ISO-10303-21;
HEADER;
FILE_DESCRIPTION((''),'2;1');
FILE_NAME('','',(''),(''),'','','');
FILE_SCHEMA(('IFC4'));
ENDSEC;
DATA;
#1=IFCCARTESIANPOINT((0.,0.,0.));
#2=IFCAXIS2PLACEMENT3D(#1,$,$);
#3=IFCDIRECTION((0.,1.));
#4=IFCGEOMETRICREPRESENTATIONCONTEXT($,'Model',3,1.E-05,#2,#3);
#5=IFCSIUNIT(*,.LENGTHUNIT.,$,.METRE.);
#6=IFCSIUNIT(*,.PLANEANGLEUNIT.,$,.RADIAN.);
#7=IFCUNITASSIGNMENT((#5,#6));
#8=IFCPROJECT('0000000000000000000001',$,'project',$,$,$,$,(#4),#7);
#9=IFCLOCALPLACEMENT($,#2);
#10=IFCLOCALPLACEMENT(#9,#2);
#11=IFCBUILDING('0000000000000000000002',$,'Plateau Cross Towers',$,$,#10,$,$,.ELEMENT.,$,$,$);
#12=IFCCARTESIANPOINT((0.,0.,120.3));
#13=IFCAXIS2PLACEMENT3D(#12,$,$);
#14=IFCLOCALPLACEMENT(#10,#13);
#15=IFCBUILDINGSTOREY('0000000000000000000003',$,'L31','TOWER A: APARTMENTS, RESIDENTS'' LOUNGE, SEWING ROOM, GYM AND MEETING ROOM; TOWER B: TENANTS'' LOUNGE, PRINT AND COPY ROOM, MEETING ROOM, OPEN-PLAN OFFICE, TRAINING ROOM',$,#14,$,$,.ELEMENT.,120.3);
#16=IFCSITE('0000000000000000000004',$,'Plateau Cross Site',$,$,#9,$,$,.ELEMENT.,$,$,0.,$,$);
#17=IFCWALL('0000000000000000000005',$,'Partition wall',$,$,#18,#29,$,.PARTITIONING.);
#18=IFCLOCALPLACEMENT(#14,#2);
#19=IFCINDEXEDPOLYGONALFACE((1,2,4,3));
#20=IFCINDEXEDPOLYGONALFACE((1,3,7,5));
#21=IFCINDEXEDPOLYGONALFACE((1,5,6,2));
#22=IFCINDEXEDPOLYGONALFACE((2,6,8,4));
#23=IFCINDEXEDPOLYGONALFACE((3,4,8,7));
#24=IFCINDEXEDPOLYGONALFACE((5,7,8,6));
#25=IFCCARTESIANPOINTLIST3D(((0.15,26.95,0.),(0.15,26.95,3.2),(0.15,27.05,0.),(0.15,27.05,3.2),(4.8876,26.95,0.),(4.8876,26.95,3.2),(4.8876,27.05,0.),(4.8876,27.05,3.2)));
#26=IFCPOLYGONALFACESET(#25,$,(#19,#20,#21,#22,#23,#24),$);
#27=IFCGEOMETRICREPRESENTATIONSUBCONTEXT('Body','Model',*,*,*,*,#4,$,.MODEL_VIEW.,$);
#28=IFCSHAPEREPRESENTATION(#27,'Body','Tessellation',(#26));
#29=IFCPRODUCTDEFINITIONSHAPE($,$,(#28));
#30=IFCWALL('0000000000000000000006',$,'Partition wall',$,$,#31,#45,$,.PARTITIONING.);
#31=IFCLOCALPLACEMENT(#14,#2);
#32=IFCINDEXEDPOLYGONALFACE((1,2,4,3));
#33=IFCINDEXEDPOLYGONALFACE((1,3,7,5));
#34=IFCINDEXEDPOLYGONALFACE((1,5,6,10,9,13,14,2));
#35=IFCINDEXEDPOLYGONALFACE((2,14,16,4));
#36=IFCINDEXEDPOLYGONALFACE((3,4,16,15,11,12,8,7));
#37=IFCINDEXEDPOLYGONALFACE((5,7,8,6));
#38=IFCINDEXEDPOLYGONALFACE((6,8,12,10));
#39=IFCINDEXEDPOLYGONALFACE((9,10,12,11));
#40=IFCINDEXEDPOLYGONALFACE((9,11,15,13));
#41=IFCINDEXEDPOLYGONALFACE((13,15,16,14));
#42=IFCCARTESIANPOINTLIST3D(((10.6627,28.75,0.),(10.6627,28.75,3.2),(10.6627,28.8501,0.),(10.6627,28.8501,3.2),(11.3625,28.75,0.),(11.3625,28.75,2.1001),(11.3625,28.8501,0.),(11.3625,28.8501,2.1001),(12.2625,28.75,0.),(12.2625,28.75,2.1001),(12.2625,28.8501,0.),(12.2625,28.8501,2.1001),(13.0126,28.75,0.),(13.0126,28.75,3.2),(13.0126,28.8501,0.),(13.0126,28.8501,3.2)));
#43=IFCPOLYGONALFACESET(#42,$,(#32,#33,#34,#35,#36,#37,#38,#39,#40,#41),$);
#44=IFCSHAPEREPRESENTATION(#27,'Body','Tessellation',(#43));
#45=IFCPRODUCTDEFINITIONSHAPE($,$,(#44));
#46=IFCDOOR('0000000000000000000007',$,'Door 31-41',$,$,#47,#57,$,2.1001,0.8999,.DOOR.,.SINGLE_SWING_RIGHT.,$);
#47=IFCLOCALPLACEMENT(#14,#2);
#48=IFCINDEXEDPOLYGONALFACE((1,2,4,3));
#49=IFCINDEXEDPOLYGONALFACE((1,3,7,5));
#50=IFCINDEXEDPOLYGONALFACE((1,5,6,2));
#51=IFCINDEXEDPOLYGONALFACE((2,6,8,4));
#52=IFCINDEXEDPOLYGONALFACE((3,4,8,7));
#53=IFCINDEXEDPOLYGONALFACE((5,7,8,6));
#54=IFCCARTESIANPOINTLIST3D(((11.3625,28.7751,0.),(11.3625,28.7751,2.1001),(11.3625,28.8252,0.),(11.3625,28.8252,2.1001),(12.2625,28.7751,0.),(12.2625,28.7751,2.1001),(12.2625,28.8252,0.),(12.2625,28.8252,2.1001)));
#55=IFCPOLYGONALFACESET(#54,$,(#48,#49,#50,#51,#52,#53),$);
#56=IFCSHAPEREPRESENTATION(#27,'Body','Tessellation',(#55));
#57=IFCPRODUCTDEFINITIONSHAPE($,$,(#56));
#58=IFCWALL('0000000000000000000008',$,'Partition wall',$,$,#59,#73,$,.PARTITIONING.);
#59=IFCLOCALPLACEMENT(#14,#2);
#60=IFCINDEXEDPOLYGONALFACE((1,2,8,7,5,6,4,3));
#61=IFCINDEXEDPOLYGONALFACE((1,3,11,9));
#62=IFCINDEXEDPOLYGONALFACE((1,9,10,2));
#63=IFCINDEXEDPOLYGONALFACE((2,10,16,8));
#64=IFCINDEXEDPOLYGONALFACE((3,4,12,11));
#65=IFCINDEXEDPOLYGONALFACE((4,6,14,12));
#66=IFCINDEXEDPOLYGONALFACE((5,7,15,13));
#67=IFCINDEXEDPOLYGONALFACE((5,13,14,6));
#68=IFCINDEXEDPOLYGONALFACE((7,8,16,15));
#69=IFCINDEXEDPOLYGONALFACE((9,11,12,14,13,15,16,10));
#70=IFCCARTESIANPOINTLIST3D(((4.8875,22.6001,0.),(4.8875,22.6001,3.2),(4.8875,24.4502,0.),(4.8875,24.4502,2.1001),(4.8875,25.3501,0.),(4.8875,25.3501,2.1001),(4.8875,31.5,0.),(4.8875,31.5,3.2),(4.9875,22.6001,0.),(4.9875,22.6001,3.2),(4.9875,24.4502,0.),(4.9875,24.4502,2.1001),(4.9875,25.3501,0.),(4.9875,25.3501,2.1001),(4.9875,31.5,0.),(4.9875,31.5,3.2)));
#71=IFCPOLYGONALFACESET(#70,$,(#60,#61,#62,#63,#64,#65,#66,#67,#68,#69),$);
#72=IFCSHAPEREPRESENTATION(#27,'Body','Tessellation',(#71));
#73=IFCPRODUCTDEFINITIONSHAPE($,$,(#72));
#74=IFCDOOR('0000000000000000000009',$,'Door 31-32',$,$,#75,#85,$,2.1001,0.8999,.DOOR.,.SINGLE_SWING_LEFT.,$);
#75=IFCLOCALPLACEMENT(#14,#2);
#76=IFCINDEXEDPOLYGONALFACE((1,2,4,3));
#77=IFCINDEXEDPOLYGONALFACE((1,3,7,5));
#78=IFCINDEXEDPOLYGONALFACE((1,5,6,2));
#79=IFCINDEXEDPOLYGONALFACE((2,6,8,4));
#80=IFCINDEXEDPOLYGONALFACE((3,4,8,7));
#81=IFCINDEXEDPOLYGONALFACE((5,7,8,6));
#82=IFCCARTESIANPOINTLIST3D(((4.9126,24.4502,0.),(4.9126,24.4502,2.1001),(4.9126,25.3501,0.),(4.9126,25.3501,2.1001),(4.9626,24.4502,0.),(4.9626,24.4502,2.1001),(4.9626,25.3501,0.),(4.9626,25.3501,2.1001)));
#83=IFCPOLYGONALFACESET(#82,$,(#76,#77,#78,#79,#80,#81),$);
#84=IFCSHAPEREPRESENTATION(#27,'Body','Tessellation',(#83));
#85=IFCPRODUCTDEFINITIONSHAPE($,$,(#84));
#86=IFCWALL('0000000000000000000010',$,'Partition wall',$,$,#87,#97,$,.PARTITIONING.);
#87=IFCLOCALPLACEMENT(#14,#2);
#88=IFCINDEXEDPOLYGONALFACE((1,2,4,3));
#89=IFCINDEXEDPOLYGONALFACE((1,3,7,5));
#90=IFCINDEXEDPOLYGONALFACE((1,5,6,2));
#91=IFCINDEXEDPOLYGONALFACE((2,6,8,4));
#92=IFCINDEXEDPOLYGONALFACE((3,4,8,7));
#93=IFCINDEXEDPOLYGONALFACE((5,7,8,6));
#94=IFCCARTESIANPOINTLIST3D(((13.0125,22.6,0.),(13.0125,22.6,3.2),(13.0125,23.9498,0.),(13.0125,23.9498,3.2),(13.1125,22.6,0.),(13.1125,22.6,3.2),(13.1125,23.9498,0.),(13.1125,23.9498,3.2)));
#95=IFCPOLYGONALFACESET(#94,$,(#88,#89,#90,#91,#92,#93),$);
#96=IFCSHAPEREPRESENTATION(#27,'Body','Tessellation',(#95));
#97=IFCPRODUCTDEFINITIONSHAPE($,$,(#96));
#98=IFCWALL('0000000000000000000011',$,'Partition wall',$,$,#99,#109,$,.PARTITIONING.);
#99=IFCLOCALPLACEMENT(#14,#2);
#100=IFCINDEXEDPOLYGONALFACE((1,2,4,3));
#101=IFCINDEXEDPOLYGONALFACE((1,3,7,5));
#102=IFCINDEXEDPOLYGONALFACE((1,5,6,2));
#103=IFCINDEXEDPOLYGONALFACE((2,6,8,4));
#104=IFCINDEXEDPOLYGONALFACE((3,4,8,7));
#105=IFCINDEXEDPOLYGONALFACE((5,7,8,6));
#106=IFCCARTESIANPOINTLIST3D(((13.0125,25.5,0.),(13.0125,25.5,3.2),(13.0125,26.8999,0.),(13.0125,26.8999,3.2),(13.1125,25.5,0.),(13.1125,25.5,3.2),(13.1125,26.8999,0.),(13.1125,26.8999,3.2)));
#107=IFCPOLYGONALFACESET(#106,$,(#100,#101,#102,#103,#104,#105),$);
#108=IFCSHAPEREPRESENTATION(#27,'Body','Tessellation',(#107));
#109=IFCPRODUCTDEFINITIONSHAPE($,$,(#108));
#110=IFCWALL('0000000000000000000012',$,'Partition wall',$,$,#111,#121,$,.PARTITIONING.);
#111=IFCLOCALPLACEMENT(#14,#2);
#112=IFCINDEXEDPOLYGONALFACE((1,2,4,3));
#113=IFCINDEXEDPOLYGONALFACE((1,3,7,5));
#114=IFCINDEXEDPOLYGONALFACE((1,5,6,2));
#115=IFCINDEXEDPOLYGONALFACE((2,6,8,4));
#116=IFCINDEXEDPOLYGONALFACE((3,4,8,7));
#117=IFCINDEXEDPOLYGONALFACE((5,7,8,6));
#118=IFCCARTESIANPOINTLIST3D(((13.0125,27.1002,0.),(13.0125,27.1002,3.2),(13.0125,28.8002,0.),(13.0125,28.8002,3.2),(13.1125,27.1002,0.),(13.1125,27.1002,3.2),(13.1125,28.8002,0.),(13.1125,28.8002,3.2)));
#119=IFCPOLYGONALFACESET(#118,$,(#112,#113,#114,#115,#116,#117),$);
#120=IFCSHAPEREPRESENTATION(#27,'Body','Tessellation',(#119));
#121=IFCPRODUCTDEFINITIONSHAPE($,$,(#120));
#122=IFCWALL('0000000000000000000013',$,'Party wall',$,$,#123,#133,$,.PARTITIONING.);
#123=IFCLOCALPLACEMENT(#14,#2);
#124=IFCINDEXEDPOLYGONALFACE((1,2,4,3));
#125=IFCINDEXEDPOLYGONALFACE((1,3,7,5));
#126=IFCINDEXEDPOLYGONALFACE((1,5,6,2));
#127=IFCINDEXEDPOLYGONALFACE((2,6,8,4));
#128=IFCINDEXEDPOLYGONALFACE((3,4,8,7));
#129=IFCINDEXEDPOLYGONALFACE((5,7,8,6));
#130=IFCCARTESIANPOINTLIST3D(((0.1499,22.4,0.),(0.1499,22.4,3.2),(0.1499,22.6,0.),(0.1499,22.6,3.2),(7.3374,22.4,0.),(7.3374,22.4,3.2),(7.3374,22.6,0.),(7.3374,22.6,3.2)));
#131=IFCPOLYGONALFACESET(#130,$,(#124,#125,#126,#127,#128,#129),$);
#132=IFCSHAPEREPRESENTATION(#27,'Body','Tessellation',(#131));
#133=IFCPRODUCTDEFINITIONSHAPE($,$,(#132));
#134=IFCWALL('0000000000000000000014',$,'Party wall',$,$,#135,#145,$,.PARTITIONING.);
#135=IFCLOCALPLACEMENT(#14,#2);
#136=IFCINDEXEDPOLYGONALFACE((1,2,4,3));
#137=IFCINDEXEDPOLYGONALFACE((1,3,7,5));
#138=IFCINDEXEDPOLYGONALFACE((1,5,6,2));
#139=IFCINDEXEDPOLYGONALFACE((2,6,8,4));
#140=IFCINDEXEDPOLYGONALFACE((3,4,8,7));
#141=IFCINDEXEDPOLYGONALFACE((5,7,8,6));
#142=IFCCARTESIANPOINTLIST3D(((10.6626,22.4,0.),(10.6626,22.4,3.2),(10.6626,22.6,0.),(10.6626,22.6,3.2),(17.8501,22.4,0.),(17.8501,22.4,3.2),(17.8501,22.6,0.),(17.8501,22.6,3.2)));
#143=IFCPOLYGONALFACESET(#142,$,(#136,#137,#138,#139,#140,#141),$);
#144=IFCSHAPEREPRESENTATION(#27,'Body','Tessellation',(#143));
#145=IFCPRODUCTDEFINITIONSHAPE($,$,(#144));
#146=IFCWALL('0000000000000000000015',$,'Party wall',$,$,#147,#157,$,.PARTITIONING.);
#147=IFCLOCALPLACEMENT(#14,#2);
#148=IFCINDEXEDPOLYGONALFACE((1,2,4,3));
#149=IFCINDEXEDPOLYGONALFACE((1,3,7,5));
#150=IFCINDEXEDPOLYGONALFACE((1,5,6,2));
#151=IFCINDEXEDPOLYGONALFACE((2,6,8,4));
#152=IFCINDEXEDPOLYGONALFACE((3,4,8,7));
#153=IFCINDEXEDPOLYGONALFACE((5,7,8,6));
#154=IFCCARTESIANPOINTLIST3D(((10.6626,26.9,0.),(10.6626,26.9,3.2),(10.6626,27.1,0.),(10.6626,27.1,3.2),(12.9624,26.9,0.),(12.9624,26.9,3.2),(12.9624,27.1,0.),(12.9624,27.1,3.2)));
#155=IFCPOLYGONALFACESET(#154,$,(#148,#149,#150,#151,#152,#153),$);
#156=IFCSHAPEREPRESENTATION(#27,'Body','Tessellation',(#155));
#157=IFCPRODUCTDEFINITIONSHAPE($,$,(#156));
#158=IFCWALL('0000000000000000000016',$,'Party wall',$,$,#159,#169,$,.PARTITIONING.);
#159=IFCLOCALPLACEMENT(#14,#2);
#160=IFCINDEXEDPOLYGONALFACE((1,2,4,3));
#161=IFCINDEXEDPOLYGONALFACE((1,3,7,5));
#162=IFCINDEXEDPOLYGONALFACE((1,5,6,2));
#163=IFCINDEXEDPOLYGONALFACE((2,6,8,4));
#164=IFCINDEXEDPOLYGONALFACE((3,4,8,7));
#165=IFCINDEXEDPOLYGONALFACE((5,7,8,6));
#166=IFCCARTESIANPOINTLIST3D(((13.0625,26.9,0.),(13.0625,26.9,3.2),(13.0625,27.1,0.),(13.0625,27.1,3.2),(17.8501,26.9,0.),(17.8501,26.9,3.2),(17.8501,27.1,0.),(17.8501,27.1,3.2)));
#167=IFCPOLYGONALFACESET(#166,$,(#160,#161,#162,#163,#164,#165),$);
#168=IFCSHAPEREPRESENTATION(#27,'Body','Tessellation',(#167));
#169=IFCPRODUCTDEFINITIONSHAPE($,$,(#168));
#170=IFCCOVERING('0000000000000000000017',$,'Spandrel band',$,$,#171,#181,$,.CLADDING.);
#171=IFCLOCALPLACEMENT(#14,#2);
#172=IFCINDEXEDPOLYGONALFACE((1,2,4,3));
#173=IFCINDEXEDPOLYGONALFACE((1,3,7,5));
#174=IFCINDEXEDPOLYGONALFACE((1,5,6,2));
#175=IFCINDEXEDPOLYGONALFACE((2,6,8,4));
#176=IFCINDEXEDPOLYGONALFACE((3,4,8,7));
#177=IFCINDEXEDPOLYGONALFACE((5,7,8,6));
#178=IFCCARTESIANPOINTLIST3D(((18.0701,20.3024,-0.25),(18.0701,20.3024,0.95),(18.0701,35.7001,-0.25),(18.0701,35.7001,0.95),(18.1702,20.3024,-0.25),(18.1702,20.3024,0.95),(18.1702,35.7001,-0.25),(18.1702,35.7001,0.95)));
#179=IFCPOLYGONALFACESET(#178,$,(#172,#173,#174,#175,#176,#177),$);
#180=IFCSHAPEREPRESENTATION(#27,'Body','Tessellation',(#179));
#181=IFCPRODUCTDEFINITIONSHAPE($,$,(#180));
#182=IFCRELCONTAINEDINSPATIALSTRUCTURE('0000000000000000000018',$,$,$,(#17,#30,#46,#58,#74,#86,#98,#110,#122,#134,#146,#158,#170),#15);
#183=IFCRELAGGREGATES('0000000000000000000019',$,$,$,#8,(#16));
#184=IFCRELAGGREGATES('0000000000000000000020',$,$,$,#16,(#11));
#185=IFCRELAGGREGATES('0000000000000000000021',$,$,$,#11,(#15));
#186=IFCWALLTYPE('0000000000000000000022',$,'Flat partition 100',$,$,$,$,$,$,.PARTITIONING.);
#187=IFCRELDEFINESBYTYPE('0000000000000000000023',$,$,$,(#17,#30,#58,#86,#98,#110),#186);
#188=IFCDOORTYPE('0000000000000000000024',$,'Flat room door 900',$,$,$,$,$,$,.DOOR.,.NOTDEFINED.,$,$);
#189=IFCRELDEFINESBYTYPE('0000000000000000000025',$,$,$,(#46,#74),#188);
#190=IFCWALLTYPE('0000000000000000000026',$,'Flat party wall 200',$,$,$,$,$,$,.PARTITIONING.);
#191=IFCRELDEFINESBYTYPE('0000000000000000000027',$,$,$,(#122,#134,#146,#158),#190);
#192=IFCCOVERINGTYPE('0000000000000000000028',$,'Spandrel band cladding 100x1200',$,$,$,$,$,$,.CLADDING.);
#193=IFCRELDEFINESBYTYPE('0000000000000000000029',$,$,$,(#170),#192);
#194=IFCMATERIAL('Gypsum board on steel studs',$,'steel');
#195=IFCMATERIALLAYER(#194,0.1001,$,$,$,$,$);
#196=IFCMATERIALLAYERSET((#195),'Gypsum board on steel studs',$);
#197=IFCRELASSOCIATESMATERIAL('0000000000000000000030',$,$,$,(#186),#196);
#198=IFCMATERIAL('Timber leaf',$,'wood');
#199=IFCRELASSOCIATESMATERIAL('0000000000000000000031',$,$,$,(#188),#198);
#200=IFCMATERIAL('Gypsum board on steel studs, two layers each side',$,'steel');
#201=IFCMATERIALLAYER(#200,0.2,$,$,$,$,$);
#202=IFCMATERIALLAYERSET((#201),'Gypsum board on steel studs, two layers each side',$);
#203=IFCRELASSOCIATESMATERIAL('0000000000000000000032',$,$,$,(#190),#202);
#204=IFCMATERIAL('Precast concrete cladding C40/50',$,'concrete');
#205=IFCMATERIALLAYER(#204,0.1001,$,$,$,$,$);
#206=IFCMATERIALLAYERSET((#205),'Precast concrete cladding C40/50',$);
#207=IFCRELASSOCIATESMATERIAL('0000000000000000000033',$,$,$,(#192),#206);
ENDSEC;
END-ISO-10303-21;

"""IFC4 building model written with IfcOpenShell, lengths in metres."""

from ifc_helpers import new_model, si_unit, direction, frame, frame_2d, origin, origin_2d, place, context, subcontext, project, spatial, rectangle, extrude, material, layer, layer_set, type_object, element, fill, save


model = new_model("IFC4")

# Units and contexts
model_context = context("Model", 3, precision=1e-05, world=origin(), true_north=direction((0.0, 1.0)))
body_context = subcontext(model_context, "Body", "Model", "MODEL_VIEW")
ifc_project = project(units=[si_unit("LENGTHUNIT", "METRE"), si_unit("PLANEANGLEUNIT", "RADIAN")], contexts=[model_context])

# Site, building, storey
site_placement = place(None, origin())
site = spatial("IfcSite", under=ifc_project, at=site_placement, Name="Plateau Cross Site", CompositionType="ELEMENT", RefElevation=0.0)
building_placement = place(site_placement, origin())
building = spatial("IfcBuilding", under=site, at=building_placement, Name="Plateau Cross Towers", CompositionType="ELEMENT")
storey_placement = place(building_placement, frame((0.0, 0.0, 120.3)))
storey = spatial("IfcBuildingStorey", under=building, at=storey_placement, Name="L31", Description="TOWER A: APARTMENTS, RESIDENTS' LOUNGE, SEWING ROOM, GYM AND MEETING ROOM; TOWER B: TENANTS' LOUNGE, PRINT AND COPY ROOM, MEETING ROOM, OPEN-PLAN OFFICE, TRAINING ROOM", CompositionType="ELEMENT", Elevation=120.3)

# Shared definitions
ifc_material_1 = material(Name="Gypsum board on steel studs", Category="steel")
ifc_layer_1 = layer(ifc_material_1, 0.1001)
ifc_layer_set_1 = layer_set([ifc_layer_1], Name="Gypsum board on steel studs")
wall_type_1 = type_object("IfcWallType", Name="Flat partition 100", PredefinedType="PARTITIONING", material=ifc_layer_set_1)
ifc_material_2 = material(Name="Timber leaf", Category="wood")
door_type_1 = type_object("IfcDoorType", Name="Flat room door 900", OperationType="NOTDEFINED", PredefinedType="DOOR", material=ifc_material_2)

# Wall
wall_1_placement = place(storey_placement, frame((4.8875, 27.0, 0.0), z_axis=(0.0, 0.0, 1.0), x_axis=(-1.0, 0.0, 0.0)))
element("IfcWall", 1, at=wall_1_placement, inside=storey, type_object=wall_type_1, Name="Partition wall", PredefinedType="PARTITIONING", context=body_context, shape_type="SweptSolid", body=[
    extrude(rectangle(XDim=4.7375, YDim=0.1001, at=frame_2d((2.3687, 0.0))), origin(), (0.0, 0.0, 1.0), 3.2),
])

# Walls, openings, doors
wall_2_placement = place(storey_placement, frame((13.0125, 28.8, 0.0), z_axis=(0.0, 0.0, 1.0), x_axis=(-1.0, 0.0, 0.0)))
wall_2 = element("IfcWall", 2, at=wall_2_placement, inside=storey, type_object=wall_type_1, Name="Partition wall", PredefinedType="PARTITIONING", context=body_context, shape_type="SweptSolid", body=[
    extrude(rectangle(XDim=2.3499, YDim=0.1001, at=frame_2d((1.1748, 0.0))), origin(), (0.0, 0.0, 1.0), 3.2),
])
opening_1_placement = place(wall_2_placement, frame((0.75, 0.0, 0.0)))
opening_1 = element("IfcOpeningElement", 3, at=opening_1_placement, cuts=wall_2, PredefinedType="OPENING", context=body_context, shape_type="SweptSolid", body=[
    extrude(rectangle(XDim=0.8999, YDim=2.1001, at=frame_2d((0.45, 1.05))), frame((0.0, 0.0601, 0.0), z_axis=(0.0, -1.0, 0.0), x_axis=(1.0, 0.0, 0.0)), (0.0, 0.0, 1.0), 0.1201),
])
door_1_placement = place(opening_1_placement, origin())
door_1 = element("IfcDoor", 4, at=door_1_placement, inside=storey, type_object=door_type_1, Name="Door 31-41", OperationType="SINGLE_SWING_RIGHT", OverallHeight=2.1001, OverallWidth=0.8999, PredefinedType="DOOR", context=body_context, shape_type="SweptSolid", body=[
    extrude(rectangle(XDim=0.8999, YDim=2.1001, at=frame_2d((0.45, 1.05))), frame((0.0, 0.0249, 0.0), z_axis=(0.0, -1.0, 0.0), x_axis=(1.0, 0.0, 0.0)), (0.0, 0.0, 1.0), 0.05),
])
fill(opening_1, door_1)
wall_3_placement = place(storey_placement, frame((4.9375, 22.6001, 0.0), z_axis=(0.0, 0.0, 1.0), x_axis=(0.0, 1.0, 0.0)))
wall_3 = element("IfcWall", 5, at=wall_3_placement, inside=storey, type_object=wall_type_1, Name="Partition wall", PredefinedType="PARTITIONING", context=body_context, shape_type="SweptSolid", body=[
    extrude(rectangle(XDim=8.8999, YDim=0.1001, at=frame_2d((4.45, 0.0))), origin(), (0.0, 0.0, 1.0), 3.2),
])
opening_2_placement = place(wall_3_placement, frame((1.8501, 0.0, 0.0)))
opening_2 = element("IfcOpeningElement", 6, at=opening_2_placement, cuts=wall_3, PredefinedType="OPENING", context=body_context, shape_type="SweptSolid", body=[
    extrude(rectangle(XDim=0.8999, YDim=2.1001, at=frame_2d((0.45, 1.05))), frame((0.0, 0.0601, 0.0), z_axis=(0.0, -1.0, 0.0), x_axis=(1.0, 0.0, 0.0)), (0.0, 0.0, 1.0), 0.1201),
])
door_2_placement = place(opening_2_placement, origin())
door_2 = element("IfcDoor", 7, at=door_2_placement, inside=storey, type_object=door_type_1, Name="Door 31-32", OperationType="SINGLE_SWING_LEFT", OverallHeight=2.1001, OverallWidth=0.8999, PredefinedType="DOOR", context=body_context, shape_type="SweptSolid", body=[
    extrude(rectangle(XDim=0.8999, YDim=2.1001, at=frame_2d((0.45, 1.05))), frame((0.0, 0.0249, 0.0), z_axis=(0.0, -1.0, 0.0), x_axis=(1.0, 0.0, 0.0)), (0.0, 0.0, 1.0), 0.05),
])
fill(opening_2, door_2)

# Walls
wall_4_placement = place(storey_placement, frame((13.0625, 22.6001, 0.0), z_axis=(0.0, 0.0, 1.0), x_axis=(0.0, 1.0, 0.0)))
element("IfcWall", 8, at=wall_4_placement, inside=storey, type_object=wall_type_1, Name="Partition wall", PredefinedType="PARTITIONING", context=body_context, shape_type="SweptSolid", body=[
    extrude(rectangle(XDim=1.3499, YDim=0.1001, at=frame_2d((0.6748, 0.0))), origin(), (0.0, 0.0, 1.0), 3.2),
])
wall_5_placement = place(storey_placement, frame((13.0625, 25.5, 0.0), z_axis=(0.0, 0.0, 1.0), x_axis=(0.0, 1.0, 0.0)))
element("IfcWall", 9, at=wall_5_placement, inside=storey, type_object=wall_type_1, Name="Partition wall", PredefinedType="PARTITIONING", context=body_context, shape_type="SweptSolid", body=[
    extrude(rectangle(XDim=1.3999, YDim=0.1001, at=frame_2d((0.7, 0.0))), origin(), (0.0, 0.0, 1.0), 3.2),
])
wall_6_placement = place(storey_placement, frame((13.0625, 27.1001, 0.0), z_axis=(0.0, 0.0, 1.0), x_axis=(0.0, 1.0, 0.0)))
element("IfcWall", 10, at=wall_6_placement, inside=storey, type_object=wall_type_1, Name="Partition wall", PredefinedType="PARTITIONING", context=body_context, shape_type="SweptSolid", body=[
    extrude(rectangle(XDim=1.7, YDim=0.1001, at=frame_2d((0.8501, 0.0))), origin(), (0.0, 0.0, 1.0), 3.2),
])
ifc_material_3 = material(Name="Gypsum board on steel studs, two layers each side", Category="steel")
ifc_layer_2 = layer(ifc_material_3, 0.2)
ifc_layer_set_2 = layer_set([ifc_layer_2], Name="Gypsum board on steel studs, two layers each side")
wall_type_2 = type_object("IfcWallType", Name="Flat party wall 200", PredefinedType="PARTITIONING", material=ifc_layer_set_2)
for number, where, z_axis, x_axis, name in (
    (11, (7.3374, 22.5, 0.0), (0.0, 0.0, 1.0), (-1.0, 0.0, 0.0), "Party wall"),
    (12, (17.8501, 22.5, 0.0), (0.0, 0.0, 1.0), (-1.0, 0.0, 0.0), "Party wall"),
):
    element("IfcWall", number, at=place(storey_placement, frame(where, z_axis=z_axis, x_axis=x_axis)), inside=storey, type_object=wall_type_2, Name=name, PredefinedType="PARTITIONING", context=body_context, shape_type="SweptSolid", body=[
        extrude(rectangle(XDim=7.1875, YDim=0.2, at=frame_2d((3.5938, 0.0))), origin(), (0.0, 0.0, 1.0), 3.2),
    ])
wall_7_placement = place(storey_placement, frame((12.9624, 27.0, 0.0), z_axis=(0.0, 0.0, 1.0), x_axis=(-1.0, 0.0, 0.0)))
element("IfcWall", 13, at=wall_7_placement, inside=storey, type_object=wall_type_2, Name="Party wall", PredefinedType="PARTITIONING", context=body_context, shape_type="SweptSolid", body=[
    extrude(rectangle(XDim=2.2998, YDim=0.2, at=frame_2d((1.1499, 0.0))), origin(), (0.0, 0.0, 1.0), 3.2),
])
wall_8_placement = place(storey_placement, frame((13.0625, 27.0, 0.0), z_axis=(0.0, 0.0, 1.0), x_axis=(1.0, 0.0, 0.0)))
element("IfcWall", 14, at=wall_8_placement, inside=storey, type_object=wall_type_2, Name="Party wall", PredefinedType="PARTITIONING", context=body_context, shape_type="SweptSolid", body=[
    extrude(rectangle(XDim=4.7876, YDim=0.2, at=frame_2d((2.3938, 0.0))), origin(), (0.0, 0.0, 1.0), 3.2),
])

# Covering
ifc_material_4 = material(Name="Precast concrete cladding C40/50", Category="concrete")
ifc_layer_3 = layer(ifc_material_4, 0.1001)
ifc_layer_set_3 = layer_set([ifc_layer_3], Name="Precast concrete cladding C40/50")
covering_type = type_object("IfcCoveringType", Name="Spandrel band cladding 100x1200", PredefinedType="CLADDING", material=ifc_layer_set_3)
covering_1_placement = place(storey_placement, frame((18.1201, 28.0012, -0.25), z_axis=(0.0, 0.0, 1.0), x_axis=(0.0, 1.0, 0.0)))
element("IfcCovering", 15, at=covering_1_placement, inside=storey, type_object=covering_type, Name="Spandrel band", PredefinedType="CLADDING", context=body_context, shape_type="SweptSolid", body=[
    extrude(rectangle(XDim=15.3977, YDim=0.1001, at=origin_2d()), origin(), (0.0, 0.0, 1.0), 1.2),
])

save(model, "model.ifc")
